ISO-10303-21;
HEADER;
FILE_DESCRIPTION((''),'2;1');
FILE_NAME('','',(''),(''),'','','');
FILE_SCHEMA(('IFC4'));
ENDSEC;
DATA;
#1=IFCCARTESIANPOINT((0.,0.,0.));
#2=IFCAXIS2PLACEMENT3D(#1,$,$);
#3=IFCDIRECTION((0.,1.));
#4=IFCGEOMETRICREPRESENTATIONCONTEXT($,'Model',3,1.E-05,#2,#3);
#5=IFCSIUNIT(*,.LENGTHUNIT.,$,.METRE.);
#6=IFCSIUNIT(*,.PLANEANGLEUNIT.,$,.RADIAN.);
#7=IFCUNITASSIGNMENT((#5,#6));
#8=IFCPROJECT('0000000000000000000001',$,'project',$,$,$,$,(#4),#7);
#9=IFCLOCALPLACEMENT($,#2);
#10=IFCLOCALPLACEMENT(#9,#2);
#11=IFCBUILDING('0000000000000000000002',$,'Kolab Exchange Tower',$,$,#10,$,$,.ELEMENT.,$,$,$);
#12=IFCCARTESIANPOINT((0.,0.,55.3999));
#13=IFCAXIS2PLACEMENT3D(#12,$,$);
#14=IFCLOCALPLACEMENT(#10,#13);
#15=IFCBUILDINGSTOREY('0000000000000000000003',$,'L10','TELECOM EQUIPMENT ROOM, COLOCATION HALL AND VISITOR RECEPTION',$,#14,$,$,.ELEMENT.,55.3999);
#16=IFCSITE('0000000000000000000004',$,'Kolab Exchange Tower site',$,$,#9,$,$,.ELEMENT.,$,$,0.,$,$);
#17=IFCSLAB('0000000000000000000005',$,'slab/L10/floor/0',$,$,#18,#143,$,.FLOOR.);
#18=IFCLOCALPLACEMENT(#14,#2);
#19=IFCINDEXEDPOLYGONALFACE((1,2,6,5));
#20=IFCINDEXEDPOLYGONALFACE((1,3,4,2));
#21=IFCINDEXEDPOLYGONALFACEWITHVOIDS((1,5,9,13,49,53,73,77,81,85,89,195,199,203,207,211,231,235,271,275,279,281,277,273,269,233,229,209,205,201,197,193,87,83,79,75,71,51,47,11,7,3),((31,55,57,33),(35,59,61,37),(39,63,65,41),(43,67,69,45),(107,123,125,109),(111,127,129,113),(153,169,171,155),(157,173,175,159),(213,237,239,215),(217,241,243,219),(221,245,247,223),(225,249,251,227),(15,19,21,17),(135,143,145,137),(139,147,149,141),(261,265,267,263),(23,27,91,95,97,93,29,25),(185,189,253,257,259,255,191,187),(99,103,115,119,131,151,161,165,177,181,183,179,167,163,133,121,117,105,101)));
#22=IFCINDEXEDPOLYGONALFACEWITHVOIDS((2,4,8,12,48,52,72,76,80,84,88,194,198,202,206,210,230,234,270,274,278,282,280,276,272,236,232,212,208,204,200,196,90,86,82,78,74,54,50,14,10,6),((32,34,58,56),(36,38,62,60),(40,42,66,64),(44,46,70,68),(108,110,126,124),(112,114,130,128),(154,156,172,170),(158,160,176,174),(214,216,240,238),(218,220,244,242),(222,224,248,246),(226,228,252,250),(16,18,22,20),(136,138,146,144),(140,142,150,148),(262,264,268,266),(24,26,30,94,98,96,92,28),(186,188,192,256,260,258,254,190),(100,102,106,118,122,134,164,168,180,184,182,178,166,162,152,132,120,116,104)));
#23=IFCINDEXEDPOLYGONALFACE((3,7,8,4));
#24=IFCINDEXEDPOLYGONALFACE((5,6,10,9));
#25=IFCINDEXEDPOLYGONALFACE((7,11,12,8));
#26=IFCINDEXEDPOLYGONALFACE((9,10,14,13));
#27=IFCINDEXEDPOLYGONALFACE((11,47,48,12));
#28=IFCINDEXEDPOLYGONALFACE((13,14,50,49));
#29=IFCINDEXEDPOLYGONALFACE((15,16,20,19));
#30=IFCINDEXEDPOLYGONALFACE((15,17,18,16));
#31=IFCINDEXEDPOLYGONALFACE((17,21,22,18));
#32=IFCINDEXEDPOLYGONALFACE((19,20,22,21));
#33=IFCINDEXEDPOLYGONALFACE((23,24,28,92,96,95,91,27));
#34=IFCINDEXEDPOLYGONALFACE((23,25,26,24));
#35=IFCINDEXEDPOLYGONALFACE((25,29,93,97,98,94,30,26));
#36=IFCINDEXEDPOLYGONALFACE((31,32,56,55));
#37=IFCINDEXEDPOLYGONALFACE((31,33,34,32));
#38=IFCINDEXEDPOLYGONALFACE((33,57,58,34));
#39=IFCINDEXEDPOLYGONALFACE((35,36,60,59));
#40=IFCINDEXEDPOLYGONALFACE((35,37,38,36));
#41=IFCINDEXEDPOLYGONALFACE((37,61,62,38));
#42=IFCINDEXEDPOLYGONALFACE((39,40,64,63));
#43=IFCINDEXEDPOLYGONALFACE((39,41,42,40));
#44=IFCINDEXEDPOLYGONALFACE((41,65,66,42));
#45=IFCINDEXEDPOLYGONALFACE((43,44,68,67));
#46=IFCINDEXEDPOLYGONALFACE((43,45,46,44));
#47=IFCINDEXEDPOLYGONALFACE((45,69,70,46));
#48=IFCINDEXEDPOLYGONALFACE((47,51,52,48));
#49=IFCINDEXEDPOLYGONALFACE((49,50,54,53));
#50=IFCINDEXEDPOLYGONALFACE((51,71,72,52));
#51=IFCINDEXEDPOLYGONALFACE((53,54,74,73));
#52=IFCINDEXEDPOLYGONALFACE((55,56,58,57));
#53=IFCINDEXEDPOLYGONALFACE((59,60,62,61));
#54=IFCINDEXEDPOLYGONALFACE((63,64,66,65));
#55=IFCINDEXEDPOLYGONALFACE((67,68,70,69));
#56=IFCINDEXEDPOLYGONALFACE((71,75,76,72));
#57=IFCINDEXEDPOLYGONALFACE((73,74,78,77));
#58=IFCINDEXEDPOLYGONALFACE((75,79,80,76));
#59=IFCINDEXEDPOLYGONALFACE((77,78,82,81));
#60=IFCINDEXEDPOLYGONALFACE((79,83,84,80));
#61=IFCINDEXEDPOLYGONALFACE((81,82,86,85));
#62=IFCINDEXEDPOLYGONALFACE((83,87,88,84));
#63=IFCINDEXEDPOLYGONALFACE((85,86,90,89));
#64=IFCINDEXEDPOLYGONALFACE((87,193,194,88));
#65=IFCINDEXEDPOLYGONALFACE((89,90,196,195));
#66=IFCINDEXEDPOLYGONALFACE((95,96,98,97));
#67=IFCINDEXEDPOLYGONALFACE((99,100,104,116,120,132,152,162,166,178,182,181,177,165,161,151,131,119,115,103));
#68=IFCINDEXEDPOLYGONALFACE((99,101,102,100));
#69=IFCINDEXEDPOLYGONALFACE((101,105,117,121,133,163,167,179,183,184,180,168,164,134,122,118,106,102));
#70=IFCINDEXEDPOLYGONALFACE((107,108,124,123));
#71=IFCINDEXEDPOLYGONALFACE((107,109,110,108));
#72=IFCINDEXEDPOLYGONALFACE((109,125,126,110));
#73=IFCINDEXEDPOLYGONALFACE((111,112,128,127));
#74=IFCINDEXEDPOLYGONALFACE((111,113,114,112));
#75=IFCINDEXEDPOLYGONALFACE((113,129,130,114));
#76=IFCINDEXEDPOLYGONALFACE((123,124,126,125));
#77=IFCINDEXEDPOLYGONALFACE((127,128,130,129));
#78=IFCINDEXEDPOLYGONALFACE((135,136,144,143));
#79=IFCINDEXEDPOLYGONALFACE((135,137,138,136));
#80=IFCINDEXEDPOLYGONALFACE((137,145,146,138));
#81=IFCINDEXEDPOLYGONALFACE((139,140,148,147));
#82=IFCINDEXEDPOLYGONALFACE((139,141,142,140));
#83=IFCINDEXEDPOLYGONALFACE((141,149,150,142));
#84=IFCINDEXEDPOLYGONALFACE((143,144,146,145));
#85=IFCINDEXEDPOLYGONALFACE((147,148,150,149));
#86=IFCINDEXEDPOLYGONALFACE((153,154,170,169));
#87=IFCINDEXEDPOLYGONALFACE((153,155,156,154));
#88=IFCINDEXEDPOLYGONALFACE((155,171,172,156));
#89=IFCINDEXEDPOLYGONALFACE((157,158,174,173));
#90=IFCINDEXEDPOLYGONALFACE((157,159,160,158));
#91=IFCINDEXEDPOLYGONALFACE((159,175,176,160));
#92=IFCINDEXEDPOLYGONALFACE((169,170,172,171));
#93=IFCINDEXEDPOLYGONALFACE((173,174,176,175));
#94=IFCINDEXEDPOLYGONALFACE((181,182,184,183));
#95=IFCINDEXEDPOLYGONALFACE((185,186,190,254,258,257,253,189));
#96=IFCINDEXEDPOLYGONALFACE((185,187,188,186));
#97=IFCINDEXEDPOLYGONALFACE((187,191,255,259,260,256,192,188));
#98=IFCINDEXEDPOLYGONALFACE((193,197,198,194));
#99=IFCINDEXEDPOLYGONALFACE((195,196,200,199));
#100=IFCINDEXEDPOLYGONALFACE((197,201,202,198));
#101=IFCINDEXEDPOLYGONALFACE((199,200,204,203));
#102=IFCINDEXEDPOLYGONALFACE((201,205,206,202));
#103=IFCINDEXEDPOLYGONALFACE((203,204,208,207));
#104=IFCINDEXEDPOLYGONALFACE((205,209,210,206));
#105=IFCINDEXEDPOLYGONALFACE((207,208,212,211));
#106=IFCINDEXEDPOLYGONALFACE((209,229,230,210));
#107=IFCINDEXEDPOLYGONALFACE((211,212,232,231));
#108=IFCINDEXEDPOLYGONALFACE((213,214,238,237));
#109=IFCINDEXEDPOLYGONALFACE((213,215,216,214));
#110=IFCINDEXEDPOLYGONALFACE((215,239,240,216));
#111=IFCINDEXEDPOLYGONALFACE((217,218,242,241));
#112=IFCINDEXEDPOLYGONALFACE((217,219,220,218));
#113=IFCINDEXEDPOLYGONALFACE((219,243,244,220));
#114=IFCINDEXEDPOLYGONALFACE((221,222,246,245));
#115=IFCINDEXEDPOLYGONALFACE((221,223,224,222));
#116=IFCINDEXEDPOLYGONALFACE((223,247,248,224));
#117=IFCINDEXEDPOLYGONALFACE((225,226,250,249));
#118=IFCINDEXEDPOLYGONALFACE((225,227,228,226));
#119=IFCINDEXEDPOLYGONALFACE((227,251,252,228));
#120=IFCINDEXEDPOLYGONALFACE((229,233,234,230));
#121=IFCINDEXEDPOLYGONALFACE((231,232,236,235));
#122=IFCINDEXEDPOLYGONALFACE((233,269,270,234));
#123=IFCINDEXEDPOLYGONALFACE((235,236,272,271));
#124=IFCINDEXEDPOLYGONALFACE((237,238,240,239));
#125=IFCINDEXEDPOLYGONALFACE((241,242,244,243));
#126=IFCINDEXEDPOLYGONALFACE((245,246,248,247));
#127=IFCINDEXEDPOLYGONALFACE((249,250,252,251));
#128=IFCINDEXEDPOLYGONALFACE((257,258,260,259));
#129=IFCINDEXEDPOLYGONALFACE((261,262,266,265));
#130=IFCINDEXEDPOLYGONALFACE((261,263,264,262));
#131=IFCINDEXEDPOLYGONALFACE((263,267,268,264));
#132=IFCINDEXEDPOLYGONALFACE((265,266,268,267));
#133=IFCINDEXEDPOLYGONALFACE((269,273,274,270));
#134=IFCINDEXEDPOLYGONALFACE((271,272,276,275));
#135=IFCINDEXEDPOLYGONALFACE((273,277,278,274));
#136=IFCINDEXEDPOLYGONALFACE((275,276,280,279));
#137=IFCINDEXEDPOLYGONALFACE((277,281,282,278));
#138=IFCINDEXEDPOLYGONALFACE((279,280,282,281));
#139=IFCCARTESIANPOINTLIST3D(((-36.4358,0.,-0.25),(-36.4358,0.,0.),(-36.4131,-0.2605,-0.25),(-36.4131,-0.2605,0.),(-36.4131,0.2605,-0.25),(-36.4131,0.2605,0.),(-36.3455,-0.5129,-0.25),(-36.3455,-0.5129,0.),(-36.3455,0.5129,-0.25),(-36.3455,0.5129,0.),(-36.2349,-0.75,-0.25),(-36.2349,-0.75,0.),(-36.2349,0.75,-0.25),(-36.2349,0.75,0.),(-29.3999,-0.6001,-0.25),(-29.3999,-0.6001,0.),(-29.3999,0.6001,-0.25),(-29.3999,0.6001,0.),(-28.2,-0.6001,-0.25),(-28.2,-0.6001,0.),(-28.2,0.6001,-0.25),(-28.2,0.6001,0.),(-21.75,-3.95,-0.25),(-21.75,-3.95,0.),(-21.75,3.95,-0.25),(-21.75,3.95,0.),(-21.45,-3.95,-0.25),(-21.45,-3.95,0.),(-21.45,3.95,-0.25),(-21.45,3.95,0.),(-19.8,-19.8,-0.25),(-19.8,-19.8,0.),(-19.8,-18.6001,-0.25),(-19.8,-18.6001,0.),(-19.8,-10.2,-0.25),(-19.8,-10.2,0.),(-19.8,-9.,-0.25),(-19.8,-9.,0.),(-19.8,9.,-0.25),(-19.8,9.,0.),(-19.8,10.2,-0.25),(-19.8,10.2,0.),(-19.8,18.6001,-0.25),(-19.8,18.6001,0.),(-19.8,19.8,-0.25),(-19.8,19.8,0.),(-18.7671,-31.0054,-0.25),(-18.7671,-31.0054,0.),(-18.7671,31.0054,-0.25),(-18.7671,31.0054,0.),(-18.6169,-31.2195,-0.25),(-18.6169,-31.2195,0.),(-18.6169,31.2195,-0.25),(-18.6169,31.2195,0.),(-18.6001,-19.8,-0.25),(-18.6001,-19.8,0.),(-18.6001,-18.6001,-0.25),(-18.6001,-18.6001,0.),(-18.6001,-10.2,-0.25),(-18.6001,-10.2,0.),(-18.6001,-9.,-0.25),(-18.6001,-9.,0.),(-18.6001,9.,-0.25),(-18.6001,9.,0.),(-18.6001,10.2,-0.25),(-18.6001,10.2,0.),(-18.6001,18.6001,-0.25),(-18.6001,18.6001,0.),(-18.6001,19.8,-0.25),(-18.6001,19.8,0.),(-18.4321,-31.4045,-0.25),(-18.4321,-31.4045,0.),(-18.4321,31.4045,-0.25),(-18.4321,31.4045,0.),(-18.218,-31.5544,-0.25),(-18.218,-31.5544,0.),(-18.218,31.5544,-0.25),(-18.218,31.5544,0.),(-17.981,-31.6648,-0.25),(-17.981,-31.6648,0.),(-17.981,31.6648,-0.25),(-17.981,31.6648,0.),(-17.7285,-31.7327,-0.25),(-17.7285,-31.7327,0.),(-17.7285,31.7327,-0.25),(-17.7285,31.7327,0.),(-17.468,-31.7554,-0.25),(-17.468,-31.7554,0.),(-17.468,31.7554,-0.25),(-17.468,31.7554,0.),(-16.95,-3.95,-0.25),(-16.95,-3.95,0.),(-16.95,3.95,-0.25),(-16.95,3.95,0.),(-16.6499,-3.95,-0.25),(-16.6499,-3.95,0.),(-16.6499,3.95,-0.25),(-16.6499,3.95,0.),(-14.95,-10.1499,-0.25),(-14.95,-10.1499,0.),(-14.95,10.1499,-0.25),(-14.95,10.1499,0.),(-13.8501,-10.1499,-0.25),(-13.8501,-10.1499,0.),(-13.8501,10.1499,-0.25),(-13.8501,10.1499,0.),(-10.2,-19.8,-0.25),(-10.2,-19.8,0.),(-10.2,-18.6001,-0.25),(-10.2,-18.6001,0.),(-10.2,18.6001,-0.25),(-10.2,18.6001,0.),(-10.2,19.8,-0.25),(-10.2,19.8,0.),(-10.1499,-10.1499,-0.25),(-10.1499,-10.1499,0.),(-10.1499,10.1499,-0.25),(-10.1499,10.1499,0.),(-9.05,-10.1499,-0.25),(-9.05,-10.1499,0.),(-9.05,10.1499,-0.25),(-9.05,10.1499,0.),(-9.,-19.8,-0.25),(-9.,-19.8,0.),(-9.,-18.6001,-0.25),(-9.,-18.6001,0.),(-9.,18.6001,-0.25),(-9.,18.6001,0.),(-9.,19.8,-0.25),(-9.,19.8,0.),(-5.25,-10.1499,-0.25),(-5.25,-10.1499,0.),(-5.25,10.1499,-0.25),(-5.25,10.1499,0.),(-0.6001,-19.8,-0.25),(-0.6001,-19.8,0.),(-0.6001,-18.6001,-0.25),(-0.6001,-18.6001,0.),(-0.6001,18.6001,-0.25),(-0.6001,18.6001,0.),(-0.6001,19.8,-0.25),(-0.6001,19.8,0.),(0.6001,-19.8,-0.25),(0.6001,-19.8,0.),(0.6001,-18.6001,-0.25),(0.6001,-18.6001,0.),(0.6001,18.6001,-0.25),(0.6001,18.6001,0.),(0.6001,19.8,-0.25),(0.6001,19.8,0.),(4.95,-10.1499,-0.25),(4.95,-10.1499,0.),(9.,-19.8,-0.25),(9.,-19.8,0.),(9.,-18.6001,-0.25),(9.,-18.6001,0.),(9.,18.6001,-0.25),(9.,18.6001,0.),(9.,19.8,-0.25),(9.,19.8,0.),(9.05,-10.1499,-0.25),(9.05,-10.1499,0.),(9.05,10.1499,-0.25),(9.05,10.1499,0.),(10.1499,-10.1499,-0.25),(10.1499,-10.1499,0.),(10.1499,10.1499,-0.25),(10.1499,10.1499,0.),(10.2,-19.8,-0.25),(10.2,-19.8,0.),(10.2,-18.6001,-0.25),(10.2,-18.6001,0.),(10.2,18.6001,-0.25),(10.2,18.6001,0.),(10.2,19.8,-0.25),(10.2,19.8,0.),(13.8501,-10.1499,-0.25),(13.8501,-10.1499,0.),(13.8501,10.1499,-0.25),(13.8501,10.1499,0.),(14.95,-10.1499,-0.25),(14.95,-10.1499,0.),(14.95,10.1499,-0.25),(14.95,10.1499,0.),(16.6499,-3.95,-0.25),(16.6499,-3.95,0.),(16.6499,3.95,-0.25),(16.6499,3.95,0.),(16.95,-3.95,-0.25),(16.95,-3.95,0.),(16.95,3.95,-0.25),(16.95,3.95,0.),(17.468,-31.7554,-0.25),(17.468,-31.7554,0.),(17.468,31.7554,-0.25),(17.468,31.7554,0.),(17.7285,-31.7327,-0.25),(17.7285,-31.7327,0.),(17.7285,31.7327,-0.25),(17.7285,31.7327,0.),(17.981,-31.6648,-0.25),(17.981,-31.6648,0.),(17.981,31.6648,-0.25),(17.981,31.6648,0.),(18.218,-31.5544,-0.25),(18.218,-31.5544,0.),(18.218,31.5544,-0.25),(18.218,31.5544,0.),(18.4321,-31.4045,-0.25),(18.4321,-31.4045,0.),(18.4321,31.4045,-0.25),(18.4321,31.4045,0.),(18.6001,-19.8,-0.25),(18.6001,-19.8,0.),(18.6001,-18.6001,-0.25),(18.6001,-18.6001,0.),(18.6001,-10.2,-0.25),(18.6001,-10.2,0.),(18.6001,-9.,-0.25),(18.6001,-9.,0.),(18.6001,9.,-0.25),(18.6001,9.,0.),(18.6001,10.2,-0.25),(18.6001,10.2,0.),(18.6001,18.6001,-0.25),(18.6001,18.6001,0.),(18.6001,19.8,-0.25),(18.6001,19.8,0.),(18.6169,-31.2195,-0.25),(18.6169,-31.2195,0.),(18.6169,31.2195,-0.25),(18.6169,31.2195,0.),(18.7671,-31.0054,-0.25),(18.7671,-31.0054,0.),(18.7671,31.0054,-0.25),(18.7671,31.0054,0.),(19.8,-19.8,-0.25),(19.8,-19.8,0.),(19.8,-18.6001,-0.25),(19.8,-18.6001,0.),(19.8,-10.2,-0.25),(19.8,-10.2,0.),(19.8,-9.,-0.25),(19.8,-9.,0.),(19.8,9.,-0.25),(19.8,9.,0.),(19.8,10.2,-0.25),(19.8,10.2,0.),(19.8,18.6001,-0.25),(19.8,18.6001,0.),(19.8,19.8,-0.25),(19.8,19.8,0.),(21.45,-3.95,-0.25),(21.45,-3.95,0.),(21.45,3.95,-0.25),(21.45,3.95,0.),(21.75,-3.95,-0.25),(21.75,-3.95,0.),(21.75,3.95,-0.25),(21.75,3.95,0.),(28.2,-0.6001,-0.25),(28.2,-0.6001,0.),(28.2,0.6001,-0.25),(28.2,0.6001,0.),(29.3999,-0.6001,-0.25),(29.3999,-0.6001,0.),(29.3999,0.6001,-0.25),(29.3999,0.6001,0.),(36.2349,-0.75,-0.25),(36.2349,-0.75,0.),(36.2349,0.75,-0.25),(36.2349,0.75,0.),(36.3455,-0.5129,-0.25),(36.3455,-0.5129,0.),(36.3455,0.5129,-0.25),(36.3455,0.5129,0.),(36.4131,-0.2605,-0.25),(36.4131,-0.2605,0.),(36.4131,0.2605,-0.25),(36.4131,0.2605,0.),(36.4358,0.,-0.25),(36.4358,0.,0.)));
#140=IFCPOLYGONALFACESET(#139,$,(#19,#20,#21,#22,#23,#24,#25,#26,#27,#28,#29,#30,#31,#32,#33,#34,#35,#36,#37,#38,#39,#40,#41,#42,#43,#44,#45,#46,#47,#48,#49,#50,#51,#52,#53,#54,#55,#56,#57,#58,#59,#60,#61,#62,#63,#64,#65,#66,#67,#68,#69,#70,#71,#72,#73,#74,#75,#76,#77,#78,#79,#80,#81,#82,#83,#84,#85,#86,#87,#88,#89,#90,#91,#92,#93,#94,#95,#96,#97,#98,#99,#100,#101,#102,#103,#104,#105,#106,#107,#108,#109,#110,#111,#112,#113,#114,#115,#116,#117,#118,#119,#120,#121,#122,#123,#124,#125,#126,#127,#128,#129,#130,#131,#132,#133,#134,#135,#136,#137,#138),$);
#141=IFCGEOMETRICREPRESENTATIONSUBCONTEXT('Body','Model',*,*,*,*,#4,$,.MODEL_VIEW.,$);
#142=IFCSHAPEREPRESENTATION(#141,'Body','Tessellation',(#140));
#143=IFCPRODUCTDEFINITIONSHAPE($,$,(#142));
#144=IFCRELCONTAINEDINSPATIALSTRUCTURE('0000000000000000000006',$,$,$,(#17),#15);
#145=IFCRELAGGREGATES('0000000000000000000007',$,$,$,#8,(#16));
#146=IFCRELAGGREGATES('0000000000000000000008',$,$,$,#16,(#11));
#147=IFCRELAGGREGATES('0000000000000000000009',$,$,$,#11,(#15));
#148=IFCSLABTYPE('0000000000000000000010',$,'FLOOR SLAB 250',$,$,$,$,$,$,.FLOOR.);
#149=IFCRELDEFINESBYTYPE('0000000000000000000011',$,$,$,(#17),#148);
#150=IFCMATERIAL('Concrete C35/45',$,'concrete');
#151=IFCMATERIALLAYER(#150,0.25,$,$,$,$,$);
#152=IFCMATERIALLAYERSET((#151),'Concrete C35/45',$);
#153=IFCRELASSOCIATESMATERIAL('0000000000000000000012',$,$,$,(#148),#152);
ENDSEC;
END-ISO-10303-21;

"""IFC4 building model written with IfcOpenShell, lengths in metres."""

from ifc_helpers import new_model, si_unit, direction, frame, origin, place, context, subcontext, project, spatial, polyline, outline, extrude, material, layer, layer_set, type_object, element, save


model = new_model("IFC4")

# Units and contexts
model_context = context("Model", 3, precision=1e-05, world=origin(), true_north=direction((0.0, 1.0)))
body_context = subcontext(model_context, "Body", "Model", "MODEL_VIEW")
ifc_project = project(units=[si_unit("LENGTHUNIT", "METRE"), si_unit("PLANEANGLEUNIT", "RADIAN")], contexts=[model_context])

# Site, building, storey
site_placement = place(None, origin())
site = spatial("IfcSite", under=ifc_project, at=site_placement, Name="Kolab Exchange Tower site", CompositionType="ELEMENT", RefElevation=0.0)
building_placement = place(site_placement, origin())
building = spatial("IfcBuilding", under=site, at=building_placement, Name="Kolab Exchange Tower", CompositionType="ELEMENT")
storey_placement = place(building_placement, frame((0.0, 0.0, 55.3999)))
storey = spatial("IfcBuildingStorey", under=building, at=storey_placement, Name="L10", Description="TELECOM EQUIPMENT ROOM, COLOCATION HALL AND VISITOR RECEPTION", CompositionType="ELEMENT", Elevation=55.3999)

# Slab
ifc_material_1 = material(Name="Concrete C35/45", Category="concrete")
ifc_layer_1 = layer(ifc_material_1, 0.25)
ifc_layer_set_1 = layer_set([ifc_layer_1], Name="Concrete C35/45")
slab_type = type_object("IfcSlabType", Name="FLOOR SLAB 250", PredefinedType="FLOOR", material=ifc_layer_set_1)
slab_1_placement = place(storey_placement, frame((0.0, 0.0, -0.25)))
element("IfcSlab", 1, at=slab_1_placement, inside=storey, type_object=slab_type, Name="slab/L10/floor/0", PredefinedType="FLOOR", context=body_context, shape_type="SweptSolid", body=[
    extrude(outline(polyline([(18.7671, -31.0054), (36.2349, -0.75), (36.3455, -0.5129), (36.4131, -0.2605), (36.4358, 0.0), (36.4131, 0.2605), (36.3455, 0.5129), (36.2349, 0.75), (18.7671, 31.0054), (18.6169, 31.2195), (18.4321, 31.4045), (18.218, 31.5544), (17.981, 31.6648), (17.7285, 31.7327), (17.468, 31.7554), (-17.468, 31.7554), (-17.7285, 31.7327), (-17.981, 31.6648), (-18.218, 31.5544), (-18.4321, 31.4045), (-18.6169, 31.2195), (-18.7671, 31.0054), (-36.2349, 0.75), (-36.3455, 0.5129), (-36.4131, 0.2605), (-36.4358, 0.0), (-36.4131, -0.2605), (-36.3455, -0.5129), (-36.2349, -0.75), (-18.7671, -31.0054), (-18.6169, -31.2195), (-18.4321, -31.4045), (-18.218, -31.5544), (-17.981, -31.6648), (-17.7285, -31.7327), (-17.468, -31.7554), (17.468, -31.7554), (17.7285, -31.7327), (17.981, -31.6648), (18.218, -31.5544), (18.4321, -31.4045), (18.6169, -31.2195), (18.7671, -31.0054)]), holes=[polyline([(-19.8, -18.6001), (-18.6001, -18.6001), (-18.6001, -19.8), (-19.8, -19.8), (-19.8, -18.6001)]), polyline([(-18.6001, -9.0), (-18.6001, -10.2), (-19.8, -10.2), (-19.8, -9.0), (-18.6001, -9.0)]), polyline([(-21.75, -3.95), (-21.75, 3.95), (-21.45, 3.95), (-16.95, 3.95), (-16.6499, 3.95), (-16.6499, -3.95), (-16.95, -3.95), (-21.45, -3.95), (-21.75, -3.95)]), polyline([(-14.95, 10.1499), (-13.8501, 10.1499), (-10.1499, 10.1499), (-9.05, 10.1499), (-5.25, 10.1499), (9.05, 10.1499), (10.1499, 10.1499), (13.8501, 10.1499), (14.95, 10.1499), (14.95, -10.1499), (13.8501, -10.1499), (10.1499, -10.1499), (9.05, -10.1499), (4.95, -10.1499), (-5.25, -10.1499), (-9.05, -10.1499), (-10.1499, -10.1499), (-13.8501, -10.1499), (-14.95, -10.1499), (-14.95, 10.1499)]), polyline([(-28.2, 0.6001), (-28.2, -0.6001), (-29.3999, -0.6001), (-29.3999, 0.6001), (-28.2, 0.6001)]), polyline([(-18.6001, 10.2), (-18.6001, 9.0), (-19.8, 9.0), (-19.8, 10.2), (-18.6001, 10.2)]), polyline([(-19.8, 19.8), (-18.6001, 19.8), (-18.6001, 18.6001), (-19.8, 18.6001), (-19.8, 19.8)]), polyline([(-9.0, -18.6001), (-9.0, -19.8), (-10.2, -19.8), (-10.2, -18.6001), (-9.0, -18.6001)]), polyline([(-9.0, 19.8), (-9.0, 18.6001), (-10.2, 18.6001), (-10.2, 19.8), (-9.0, 19.8)]), polyline([(0.6001, -18.6001), (0.6001, -19.8), (-0.6001, -19.8), (-0.6001, -18.6001), (0.6001, -18.6001)]), polyline([(0.6001, 19.8), (0.6001, 18.6001), (-0.6001, 18.6001), (-0.6001, 19.8), (0.6001, 19.8)]), polyline([(10.2, -18.6001), (10.2, -19.8), (9.0, -19.8), (9.0, -18.6001), (10.2, -18.6001)]), polyline([(9.0, 19.8), (10.2, 19.8), (10.2, 18.6001), (9.0, 18.6001), (9.0, 19.8)]), polyline([(19.8, -18.6001), (19.8, -19.8), (18.6001, -19.8), (18.6001, -18.6001), (19.8, -18.6001)]), polyline([(19.8, -9.0), (19.8, -10.2), (18.6001, -10.2), (18.6001, -9.0), (19.8, -9.0)]), polyline([(16.95, -3.95), (16.6499, -3.95), (16.6499, 3.95), (16.95, 3.95), (21.45, 3.95), (21.75, 3.95), (21.75, -3.95), (21.45, -3.95), (16.95, -3.95)]), polyline([(29.3999, 0.6001), (29.3999, -0.6001), (28.2, -0.6001), (28.2, 0.6001), (29.3999, 0.6001)]), polyline([(18.6001, 10.2), (19.8, 10.2), (19.8, 9.0), (18.6001, 9.0), (18.6001, 10.2)]), polyline([(18.6001, 19.8), (19.8, 19.8), (19.8, 18.6001), (18.6001, 18.6001), (18.6001, 19.8)])]), origin(), (0.0, 0.0, 1.0), 0.25),
])

save(model, "model.ifc")
